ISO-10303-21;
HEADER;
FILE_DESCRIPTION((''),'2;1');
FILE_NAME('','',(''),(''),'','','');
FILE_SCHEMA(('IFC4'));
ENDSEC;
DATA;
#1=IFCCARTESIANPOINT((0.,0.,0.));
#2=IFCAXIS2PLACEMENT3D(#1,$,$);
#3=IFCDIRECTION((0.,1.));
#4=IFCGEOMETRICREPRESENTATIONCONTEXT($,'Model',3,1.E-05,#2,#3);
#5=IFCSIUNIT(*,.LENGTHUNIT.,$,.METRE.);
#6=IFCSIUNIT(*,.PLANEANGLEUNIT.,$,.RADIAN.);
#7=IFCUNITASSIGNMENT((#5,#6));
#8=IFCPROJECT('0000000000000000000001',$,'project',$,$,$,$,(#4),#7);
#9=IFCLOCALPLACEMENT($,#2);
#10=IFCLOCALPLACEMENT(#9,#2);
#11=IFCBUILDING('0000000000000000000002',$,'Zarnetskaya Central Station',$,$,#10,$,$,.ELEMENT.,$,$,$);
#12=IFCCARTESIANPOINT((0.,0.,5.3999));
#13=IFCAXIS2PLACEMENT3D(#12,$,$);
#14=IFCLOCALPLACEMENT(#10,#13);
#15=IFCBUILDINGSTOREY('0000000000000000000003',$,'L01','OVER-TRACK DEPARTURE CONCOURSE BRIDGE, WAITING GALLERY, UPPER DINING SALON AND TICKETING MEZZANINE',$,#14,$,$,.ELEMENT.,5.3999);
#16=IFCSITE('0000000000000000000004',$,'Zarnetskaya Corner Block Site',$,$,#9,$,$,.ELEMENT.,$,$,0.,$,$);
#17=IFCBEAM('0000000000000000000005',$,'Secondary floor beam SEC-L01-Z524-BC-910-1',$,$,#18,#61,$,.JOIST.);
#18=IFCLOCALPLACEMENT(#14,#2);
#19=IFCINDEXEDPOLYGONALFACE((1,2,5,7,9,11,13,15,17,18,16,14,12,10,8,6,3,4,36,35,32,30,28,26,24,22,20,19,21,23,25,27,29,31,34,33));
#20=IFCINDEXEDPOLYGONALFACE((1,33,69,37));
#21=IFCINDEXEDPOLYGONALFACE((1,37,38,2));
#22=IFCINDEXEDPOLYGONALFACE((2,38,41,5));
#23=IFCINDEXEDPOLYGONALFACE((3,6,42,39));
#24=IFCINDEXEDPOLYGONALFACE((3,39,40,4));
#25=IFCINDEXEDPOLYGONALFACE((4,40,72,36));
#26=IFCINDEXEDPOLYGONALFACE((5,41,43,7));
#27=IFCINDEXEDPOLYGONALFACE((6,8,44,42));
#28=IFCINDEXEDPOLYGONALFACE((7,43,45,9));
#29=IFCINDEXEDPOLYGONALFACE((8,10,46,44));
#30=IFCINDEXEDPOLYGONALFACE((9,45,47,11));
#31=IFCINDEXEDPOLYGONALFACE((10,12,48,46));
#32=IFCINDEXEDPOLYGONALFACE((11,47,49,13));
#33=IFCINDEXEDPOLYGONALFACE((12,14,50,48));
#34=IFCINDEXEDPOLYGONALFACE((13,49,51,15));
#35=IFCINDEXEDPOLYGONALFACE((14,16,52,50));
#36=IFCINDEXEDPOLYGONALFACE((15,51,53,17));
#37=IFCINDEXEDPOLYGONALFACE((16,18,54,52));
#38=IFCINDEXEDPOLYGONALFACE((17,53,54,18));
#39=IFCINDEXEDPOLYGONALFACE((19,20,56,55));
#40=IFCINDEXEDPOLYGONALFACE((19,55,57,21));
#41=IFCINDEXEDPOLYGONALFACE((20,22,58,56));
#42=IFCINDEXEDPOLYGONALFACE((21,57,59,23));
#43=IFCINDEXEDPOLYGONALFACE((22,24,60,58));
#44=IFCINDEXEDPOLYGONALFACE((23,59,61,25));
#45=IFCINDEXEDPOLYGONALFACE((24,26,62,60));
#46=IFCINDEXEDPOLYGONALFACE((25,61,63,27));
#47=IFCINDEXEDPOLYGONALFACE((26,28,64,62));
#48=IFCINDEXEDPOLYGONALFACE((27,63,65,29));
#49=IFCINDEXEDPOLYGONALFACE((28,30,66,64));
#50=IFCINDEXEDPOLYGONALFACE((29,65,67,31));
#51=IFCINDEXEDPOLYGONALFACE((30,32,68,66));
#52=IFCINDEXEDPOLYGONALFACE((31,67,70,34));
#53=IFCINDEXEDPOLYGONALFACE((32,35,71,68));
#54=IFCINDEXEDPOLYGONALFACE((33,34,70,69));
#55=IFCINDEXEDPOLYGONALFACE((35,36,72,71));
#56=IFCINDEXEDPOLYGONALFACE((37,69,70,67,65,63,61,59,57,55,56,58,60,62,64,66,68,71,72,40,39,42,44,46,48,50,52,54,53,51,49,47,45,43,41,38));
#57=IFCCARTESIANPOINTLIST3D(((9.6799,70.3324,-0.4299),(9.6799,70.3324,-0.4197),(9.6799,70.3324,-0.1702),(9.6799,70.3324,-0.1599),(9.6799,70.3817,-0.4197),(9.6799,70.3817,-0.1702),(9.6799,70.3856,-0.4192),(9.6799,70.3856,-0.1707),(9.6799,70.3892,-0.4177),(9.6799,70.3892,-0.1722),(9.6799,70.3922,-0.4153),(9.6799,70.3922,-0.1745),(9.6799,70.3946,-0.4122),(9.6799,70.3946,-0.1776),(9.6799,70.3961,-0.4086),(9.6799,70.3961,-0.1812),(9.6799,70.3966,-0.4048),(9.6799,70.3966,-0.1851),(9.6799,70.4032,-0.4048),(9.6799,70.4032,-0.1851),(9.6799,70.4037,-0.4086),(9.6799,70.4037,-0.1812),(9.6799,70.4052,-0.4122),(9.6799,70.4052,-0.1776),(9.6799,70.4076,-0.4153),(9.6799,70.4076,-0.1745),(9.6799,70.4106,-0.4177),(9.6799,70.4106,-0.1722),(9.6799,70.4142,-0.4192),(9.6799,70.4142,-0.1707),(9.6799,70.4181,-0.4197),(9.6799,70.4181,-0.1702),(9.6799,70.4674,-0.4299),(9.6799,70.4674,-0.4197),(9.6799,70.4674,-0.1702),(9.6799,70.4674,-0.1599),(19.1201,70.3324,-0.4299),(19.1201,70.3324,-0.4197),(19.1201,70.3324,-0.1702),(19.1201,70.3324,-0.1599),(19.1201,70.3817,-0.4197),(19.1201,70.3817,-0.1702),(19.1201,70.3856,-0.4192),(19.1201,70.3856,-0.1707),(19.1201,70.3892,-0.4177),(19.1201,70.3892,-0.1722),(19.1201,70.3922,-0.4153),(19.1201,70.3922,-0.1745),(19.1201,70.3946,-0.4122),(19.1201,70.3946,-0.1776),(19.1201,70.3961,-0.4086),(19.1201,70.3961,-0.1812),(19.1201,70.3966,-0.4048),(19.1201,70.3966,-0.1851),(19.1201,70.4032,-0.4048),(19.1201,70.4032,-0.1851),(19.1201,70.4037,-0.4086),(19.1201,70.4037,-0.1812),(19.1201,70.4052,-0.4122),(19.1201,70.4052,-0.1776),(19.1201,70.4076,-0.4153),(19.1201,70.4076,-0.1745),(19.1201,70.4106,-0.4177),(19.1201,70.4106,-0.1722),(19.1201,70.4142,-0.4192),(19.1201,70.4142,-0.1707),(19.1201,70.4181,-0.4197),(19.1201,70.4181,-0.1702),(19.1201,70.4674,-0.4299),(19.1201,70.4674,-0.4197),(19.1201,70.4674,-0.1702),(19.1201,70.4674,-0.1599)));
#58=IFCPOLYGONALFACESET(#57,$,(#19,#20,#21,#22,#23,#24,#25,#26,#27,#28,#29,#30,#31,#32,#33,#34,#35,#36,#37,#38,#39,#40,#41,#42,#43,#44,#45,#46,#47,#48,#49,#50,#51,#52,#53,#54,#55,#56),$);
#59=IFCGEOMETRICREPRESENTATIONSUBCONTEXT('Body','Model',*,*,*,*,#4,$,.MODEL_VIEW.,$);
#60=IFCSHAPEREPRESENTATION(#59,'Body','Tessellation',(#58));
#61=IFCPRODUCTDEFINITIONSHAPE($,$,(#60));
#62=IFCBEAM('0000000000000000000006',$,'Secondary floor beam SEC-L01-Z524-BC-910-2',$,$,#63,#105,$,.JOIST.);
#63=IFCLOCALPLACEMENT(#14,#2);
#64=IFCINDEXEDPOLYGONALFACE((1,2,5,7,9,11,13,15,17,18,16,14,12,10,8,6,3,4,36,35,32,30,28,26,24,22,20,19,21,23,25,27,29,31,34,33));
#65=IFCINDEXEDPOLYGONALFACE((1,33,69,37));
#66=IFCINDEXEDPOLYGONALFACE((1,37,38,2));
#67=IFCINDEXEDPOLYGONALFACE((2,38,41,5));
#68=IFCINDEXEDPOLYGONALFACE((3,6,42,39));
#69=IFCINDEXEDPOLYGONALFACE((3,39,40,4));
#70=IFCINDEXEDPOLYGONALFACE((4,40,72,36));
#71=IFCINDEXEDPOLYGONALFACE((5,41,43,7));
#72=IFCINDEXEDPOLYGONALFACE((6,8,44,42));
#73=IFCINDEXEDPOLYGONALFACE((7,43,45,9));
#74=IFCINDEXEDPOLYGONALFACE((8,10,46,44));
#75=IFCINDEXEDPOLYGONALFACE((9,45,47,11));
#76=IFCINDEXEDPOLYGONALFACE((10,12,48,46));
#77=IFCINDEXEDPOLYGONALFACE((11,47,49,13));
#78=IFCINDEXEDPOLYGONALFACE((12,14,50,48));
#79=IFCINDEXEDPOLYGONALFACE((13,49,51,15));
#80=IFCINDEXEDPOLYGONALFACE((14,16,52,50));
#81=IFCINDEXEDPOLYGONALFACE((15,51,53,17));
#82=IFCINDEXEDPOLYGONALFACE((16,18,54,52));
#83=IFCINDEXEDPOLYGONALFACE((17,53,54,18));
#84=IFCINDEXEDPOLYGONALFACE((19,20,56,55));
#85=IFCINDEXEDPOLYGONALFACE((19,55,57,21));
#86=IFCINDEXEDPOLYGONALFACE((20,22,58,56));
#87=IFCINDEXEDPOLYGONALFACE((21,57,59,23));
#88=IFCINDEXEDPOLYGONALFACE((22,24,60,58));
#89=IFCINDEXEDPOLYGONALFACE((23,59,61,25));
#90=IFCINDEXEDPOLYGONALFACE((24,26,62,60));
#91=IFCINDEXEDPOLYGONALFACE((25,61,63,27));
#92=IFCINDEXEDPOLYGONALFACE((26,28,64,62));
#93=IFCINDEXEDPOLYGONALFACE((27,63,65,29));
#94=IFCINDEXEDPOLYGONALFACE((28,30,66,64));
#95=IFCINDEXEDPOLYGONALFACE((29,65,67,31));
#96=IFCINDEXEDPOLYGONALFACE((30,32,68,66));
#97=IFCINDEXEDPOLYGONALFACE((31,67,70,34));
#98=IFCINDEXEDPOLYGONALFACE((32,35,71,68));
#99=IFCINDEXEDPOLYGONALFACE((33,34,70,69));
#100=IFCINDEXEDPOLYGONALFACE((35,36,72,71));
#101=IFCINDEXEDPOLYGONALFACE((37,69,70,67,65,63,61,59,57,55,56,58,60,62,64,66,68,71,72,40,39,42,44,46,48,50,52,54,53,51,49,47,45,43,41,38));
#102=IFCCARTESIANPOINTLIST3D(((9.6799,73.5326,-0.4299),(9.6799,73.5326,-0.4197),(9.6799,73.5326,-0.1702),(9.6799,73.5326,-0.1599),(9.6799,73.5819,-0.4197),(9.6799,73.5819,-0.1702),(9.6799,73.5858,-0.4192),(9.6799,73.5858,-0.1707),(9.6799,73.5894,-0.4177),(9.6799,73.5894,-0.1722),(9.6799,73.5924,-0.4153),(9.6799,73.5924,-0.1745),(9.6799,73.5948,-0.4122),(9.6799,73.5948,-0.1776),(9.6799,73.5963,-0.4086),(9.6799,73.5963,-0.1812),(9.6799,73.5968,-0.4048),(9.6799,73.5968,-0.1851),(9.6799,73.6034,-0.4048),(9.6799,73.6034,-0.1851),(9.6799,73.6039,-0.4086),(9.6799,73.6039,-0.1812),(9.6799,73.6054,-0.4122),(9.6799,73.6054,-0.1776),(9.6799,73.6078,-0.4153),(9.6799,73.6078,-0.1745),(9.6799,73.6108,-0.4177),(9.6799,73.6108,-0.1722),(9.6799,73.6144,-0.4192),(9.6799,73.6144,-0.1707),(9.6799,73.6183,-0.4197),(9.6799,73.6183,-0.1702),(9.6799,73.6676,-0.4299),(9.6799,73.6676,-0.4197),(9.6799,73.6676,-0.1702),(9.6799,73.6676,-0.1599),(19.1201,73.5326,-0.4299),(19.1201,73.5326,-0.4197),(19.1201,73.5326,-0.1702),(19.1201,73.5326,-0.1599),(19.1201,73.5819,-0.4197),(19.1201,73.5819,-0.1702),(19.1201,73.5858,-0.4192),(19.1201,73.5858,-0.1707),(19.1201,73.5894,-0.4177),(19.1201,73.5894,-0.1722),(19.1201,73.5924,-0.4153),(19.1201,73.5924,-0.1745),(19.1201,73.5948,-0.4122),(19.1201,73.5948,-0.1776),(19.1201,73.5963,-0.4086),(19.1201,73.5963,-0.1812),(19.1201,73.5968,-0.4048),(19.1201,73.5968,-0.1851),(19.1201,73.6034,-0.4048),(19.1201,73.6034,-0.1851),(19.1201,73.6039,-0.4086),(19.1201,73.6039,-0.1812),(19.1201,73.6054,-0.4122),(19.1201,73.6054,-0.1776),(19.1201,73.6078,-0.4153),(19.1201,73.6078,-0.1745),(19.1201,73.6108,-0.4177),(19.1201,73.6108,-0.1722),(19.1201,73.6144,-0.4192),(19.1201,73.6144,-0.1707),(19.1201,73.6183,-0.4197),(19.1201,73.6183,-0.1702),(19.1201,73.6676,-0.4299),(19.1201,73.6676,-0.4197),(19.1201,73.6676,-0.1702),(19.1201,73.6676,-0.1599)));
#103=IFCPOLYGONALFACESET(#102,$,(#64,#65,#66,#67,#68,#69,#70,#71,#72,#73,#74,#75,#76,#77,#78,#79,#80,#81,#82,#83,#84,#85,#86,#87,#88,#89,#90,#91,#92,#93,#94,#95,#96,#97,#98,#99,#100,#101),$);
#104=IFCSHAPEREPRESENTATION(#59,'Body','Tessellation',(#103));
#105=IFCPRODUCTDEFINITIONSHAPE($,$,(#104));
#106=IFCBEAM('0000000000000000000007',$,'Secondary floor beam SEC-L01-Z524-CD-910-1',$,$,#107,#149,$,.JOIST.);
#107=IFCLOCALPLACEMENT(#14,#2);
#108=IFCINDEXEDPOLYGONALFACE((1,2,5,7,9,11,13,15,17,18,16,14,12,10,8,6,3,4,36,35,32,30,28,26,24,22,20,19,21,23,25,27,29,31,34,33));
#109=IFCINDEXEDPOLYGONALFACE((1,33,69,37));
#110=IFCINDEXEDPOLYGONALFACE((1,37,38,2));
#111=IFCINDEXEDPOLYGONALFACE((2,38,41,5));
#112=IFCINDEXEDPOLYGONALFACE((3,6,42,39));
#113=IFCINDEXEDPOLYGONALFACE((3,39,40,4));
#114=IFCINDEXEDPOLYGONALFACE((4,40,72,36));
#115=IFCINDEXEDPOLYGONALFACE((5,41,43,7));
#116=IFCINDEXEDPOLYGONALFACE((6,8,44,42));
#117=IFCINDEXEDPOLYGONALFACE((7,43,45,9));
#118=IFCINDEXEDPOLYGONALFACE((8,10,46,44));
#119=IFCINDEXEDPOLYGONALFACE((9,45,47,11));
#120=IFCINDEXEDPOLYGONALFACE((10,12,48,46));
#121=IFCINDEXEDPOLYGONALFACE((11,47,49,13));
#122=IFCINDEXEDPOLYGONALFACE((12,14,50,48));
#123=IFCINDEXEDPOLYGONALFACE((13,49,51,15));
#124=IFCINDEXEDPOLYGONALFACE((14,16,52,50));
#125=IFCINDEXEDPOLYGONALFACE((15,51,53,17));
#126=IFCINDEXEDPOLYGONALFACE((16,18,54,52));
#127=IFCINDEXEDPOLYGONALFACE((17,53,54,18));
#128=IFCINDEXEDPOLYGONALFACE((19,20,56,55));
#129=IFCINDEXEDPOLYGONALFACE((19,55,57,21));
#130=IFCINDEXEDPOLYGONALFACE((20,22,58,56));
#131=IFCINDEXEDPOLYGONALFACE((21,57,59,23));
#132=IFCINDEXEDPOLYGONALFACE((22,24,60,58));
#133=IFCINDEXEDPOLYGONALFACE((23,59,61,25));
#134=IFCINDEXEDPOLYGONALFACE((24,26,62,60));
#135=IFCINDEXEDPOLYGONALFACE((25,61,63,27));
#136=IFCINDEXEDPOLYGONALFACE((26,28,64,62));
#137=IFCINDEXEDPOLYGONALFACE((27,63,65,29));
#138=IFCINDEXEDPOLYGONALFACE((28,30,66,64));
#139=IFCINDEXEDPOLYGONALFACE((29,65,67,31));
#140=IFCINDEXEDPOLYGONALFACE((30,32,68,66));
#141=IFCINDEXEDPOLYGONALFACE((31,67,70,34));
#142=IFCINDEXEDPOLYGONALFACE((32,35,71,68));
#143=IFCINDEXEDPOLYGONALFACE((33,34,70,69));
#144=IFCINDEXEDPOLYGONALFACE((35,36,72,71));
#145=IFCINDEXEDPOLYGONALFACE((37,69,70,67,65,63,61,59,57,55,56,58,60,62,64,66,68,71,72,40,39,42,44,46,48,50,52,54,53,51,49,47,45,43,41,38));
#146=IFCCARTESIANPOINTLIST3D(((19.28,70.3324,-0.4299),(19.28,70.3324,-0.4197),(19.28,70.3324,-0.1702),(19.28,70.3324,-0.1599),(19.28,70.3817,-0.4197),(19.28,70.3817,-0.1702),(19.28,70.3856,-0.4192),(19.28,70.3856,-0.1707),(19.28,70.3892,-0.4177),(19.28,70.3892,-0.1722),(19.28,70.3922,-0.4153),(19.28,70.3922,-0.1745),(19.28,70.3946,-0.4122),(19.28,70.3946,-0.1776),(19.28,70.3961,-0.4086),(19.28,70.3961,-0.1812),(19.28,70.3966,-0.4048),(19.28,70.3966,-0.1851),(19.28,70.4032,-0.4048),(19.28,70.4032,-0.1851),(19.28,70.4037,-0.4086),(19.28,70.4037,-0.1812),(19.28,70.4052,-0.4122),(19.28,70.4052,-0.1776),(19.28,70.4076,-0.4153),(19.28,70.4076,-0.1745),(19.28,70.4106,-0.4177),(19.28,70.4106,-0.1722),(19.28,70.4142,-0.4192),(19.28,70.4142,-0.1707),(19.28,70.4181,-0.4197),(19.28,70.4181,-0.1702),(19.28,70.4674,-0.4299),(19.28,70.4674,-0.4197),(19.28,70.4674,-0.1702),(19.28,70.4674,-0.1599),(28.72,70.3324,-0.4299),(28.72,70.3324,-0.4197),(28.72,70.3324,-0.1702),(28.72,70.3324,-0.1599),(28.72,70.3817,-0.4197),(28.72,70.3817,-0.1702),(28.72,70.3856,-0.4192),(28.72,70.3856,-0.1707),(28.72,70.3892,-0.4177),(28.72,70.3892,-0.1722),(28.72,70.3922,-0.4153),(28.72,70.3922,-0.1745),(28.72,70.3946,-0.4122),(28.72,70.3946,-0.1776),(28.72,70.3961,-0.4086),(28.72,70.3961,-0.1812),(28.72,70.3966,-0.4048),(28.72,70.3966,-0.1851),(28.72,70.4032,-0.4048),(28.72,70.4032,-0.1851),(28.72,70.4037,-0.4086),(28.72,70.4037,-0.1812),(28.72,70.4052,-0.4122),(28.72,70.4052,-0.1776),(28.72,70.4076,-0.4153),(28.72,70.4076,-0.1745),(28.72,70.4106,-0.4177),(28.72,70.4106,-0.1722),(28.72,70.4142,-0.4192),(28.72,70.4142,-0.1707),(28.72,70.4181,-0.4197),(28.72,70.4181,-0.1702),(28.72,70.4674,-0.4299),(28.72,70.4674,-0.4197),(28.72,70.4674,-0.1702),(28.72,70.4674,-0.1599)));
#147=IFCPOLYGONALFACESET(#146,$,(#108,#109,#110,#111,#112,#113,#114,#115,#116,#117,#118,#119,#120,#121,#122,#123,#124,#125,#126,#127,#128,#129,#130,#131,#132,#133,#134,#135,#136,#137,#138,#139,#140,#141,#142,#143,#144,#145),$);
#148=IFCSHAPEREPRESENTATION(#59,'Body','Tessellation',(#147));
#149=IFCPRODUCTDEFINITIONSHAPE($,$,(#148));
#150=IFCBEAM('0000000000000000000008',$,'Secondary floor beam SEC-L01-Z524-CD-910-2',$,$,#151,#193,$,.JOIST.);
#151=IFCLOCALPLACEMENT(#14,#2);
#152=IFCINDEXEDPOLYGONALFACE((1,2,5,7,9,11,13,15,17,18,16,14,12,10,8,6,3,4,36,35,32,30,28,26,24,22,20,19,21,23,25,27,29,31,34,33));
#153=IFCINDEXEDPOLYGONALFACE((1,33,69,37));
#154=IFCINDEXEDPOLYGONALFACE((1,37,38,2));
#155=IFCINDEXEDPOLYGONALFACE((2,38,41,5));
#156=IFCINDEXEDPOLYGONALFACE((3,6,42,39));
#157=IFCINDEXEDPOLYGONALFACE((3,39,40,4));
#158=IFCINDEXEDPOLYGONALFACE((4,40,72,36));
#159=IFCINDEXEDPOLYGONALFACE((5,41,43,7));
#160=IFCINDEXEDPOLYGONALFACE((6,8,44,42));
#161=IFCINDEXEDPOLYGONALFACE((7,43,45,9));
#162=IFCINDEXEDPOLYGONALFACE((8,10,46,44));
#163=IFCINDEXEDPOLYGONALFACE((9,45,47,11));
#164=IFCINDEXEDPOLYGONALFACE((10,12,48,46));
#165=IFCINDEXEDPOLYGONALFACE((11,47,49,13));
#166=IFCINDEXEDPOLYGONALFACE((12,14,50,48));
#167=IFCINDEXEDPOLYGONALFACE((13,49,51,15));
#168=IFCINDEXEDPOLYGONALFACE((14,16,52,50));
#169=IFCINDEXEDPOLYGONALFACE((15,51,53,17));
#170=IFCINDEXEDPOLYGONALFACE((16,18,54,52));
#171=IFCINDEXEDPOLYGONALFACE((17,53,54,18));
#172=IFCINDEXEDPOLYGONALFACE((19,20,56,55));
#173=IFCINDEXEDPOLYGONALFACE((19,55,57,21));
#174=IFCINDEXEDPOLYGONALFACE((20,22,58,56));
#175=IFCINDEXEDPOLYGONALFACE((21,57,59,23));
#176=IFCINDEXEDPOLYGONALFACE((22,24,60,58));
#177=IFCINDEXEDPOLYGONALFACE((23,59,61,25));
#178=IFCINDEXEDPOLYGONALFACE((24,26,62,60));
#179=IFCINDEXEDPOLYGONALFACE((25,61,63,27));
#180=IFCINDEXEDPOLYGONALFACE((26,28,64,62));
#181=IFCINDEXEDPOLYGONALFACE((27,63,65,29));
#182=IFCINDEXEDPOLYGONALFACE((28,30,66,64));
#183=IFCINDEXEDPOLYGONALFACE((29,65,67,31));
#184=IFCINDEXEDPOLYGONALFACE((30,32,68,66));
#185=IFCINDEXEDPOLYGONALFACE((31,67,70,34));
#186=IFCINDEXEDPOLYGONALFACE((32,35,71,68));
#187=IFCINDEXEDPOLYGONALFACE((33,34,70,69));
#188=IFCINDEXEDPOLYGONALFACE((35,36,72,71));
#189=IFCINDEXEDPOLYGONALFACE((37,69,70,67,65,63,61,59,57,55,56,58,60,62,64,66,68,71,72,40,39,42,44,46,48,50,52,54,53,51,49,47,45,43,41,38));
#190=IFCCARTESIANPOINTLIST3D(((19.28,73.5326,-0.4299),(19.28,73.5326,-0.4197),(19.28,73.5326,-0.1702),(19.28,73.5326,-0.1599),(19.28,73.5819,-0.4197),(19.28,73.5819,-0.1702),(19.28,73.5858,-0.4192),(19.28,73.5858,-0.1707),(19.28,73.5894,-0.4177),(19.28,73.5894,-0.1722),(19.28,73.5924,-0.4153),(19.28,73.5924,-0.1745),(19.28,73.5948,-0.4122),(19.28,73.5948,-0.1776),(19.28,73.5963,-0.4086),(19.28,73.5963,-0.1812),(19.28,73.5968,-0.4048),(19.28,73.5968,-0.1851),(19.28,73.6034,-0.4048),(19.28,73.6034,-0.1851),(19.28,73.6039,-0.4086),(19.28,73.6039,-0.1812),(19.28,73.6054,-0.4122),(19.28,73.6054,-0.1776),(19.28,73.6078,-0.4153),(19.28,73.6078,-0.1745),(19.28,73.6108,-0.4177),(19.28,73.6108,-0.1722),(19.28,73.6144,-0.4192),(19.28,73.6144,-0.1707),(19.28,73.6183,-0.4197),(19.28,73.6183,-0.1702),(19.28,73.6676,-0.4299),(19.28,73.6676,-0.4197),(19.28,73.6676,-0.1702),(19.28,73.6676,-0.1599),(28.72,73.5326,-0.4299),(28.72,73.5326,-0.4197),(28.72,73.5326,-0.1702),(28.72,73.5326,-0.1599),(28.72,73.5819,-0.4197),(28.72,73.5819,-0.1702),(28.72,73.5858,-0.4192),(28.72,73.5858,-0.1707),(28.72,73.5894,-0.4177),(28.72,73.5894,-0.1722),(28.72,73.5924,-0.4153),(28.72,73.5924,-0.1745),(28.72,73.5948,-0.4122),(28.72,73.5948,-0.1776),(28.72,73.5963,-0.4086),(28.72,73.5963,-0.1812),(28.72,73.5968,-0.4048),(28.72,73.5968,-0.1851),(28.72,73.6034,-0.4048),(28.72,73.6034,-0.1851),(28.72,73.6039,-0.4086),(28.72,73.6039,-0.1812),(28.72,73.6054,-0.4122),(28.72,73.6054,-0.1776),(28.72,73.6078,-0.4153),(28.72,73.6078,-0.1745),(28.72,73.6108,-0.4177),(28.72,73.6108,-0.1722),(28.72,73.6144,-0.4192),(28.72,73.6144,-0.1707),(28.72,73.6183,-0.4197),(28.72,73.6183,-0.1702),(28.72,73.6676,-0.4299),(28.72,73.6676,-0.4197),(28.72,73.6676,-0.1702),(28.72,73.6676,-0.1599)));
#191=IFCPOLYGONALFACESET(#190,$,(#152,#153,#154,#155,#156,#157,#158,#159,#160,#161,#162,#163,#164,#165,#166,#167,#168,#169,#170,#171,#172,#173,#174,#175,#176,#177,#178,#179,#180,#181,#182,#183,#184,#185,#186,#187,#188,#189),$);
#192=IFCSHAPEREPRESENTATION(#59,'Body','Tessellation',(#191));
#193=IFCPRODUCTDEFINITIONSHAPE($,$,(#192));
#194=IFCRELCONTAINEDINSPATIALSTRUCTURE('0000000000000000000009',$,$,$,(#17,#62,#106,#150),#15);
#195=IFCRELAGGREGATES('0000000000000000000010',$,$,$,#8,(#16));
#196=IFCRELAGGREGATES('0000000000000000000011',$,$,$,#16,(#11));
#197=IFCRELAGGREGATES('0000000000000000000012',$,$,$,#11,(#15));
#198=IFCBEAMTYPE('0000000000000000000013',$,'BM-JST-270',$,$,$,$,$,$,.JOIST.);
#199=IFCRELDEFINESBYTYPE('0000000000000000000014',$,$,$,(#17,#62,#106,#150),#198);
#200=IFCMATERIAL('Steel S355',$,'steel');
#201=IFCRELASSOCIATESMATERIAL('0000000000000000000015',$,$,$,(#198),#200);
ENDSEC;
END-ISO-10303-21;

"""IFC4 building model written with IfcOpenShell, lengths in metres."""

from ifc_helpers import new_model, si_unit, direction, frame, origin, origin_2d, place, context, subcontext, project, spatial, i_section, extrude, material, material_profile, profile_set, type_object, element, save


model = new_model("IFC4")

# Units and contexts
model_context = context("Model", 3, precision=1e-05, world=origin(), true_north=direction((0.0, 1.0)))
body_context = subcontext(model_context, "Body", "Model", "MODEL_VIEW")
ifc_project = project(units=[si_unit("LENGTHUNIT", "METRE"), si_unit("PLANEANGLEUNIT", "RADIAN")], contexts=[model_context])

# Site, building, storey
site_placement = place(None, origin())
site = spatial("IfcSite", under=ifc_project, at=site_placement, Name="Zarnetskaya Corner Block Site", CompositionType="ELEMENT", RefElevation=0.0)
building_placement = place(site_placement, origin())
building = spatial("IfcBuilding", under=site, at=building_placement, Name="Zarnetskaya Central Station", CompositionType="ELEMENT")
storey_placement = place(building_placement, frame((0.0, 0.0, 5.3999)))
storey = spatial("IfcBuildingStorey", under=building, at=storey_placement, Name="L01", Description="OVER-TRACK DEPARTURE CONCOURSE BRIDGE, WAITING GALLERY, UPPER DINING SALON AND TICKETING MEZZANINE", CompositionType="ELEMENT", Elevation=5.3999)

# Beams
ifc_material_1 = material(Name="Steel S355", Category="steel")
ifc_material_profile_1 = material_profile(ifc_material_1, i_section(OverallWidth=0.135, OverallDepth=0.27, WebThickness=0.0066, FlangeThickness=0.0103, FilletRadius=0.0149, at=origin_2d()), Name="IPE 270")
ifc_profile_set_1 = profile_set([ifc_material_profile_1], Name="Steel S355")
beam_type_1 = type_object("IfcBeamType", Name="BM-JST-270", PredefinedType="JOIST", material=ifc_profile_set_1)
for number, where, z_axis, x_axis, name in (
    (1, (9.6799, 70.3999, -0.2949), (1.0, 0.0, 0.0), (0.0, 1.0, 0.0), "Secondary floor beam SEC-L01-Z524-BC-910-1"),
    (2, (9.6799, 73.6001, -0.2949), (1.0, 0.0, 0.0), (0.0, 1.0, 0.0), "Secondary floor beam SEC-L01-Z524-BC-910-2"),
):
    element("IfcBeam", number, at=place(storey_placement, frame(where, z_axis=z_axis, x_axis=x_axis)), inside=storey, type_object=beam_type_1, Name=name, PredefinedType="JOIST", context=body_context, shape_type="SweptSolid", body=[
        extrude(i_section(OverallWidth=0.135, OverallDepth=0.27, WebThickness=0.0066, FlangeThickness=0.0103, FilletRadius=0.0149, at=origin_2d()), origin(), (0.0, 0.0, 1.0), 9.4402),
    ])
for number, where, z_axis, x_axis, name in (
    (3, (19.28, 70.3999, -0.2949), (1.0, 0.0, 0.0), (0.0, 1.0, 0.0), "Secondary floor beam SEC-L01-Z524-CD-910-1"),
    (4, (19.28, 73.6001, -0.2949), (1.0, 0.0, 0.0), (0.0, 1.0, 0.0), "Secondary floor beam SEC-L01-Z524-CD-910-2"),
):
    element("IfcBeam", number, at=place(storey_placement, frame(where, z_axis=z_axis, x_axis=x_axis)), inside=storey, type_object=beam_type_1, Name=name, PredefinedType="JOIST", context=body_context, shape_type="SweptSolid", body=[
        extrude(i_section(OverallWidth=0.135, OverallDepth=0.27, WebThickness=0.0066, FlangeThickness=0.0103, FilletRadius=0.0149, at=origin_2d()), origin(), (0.0, 0.0, 1.0), 9.4399),
    ])

save(model, "model.ifc")
